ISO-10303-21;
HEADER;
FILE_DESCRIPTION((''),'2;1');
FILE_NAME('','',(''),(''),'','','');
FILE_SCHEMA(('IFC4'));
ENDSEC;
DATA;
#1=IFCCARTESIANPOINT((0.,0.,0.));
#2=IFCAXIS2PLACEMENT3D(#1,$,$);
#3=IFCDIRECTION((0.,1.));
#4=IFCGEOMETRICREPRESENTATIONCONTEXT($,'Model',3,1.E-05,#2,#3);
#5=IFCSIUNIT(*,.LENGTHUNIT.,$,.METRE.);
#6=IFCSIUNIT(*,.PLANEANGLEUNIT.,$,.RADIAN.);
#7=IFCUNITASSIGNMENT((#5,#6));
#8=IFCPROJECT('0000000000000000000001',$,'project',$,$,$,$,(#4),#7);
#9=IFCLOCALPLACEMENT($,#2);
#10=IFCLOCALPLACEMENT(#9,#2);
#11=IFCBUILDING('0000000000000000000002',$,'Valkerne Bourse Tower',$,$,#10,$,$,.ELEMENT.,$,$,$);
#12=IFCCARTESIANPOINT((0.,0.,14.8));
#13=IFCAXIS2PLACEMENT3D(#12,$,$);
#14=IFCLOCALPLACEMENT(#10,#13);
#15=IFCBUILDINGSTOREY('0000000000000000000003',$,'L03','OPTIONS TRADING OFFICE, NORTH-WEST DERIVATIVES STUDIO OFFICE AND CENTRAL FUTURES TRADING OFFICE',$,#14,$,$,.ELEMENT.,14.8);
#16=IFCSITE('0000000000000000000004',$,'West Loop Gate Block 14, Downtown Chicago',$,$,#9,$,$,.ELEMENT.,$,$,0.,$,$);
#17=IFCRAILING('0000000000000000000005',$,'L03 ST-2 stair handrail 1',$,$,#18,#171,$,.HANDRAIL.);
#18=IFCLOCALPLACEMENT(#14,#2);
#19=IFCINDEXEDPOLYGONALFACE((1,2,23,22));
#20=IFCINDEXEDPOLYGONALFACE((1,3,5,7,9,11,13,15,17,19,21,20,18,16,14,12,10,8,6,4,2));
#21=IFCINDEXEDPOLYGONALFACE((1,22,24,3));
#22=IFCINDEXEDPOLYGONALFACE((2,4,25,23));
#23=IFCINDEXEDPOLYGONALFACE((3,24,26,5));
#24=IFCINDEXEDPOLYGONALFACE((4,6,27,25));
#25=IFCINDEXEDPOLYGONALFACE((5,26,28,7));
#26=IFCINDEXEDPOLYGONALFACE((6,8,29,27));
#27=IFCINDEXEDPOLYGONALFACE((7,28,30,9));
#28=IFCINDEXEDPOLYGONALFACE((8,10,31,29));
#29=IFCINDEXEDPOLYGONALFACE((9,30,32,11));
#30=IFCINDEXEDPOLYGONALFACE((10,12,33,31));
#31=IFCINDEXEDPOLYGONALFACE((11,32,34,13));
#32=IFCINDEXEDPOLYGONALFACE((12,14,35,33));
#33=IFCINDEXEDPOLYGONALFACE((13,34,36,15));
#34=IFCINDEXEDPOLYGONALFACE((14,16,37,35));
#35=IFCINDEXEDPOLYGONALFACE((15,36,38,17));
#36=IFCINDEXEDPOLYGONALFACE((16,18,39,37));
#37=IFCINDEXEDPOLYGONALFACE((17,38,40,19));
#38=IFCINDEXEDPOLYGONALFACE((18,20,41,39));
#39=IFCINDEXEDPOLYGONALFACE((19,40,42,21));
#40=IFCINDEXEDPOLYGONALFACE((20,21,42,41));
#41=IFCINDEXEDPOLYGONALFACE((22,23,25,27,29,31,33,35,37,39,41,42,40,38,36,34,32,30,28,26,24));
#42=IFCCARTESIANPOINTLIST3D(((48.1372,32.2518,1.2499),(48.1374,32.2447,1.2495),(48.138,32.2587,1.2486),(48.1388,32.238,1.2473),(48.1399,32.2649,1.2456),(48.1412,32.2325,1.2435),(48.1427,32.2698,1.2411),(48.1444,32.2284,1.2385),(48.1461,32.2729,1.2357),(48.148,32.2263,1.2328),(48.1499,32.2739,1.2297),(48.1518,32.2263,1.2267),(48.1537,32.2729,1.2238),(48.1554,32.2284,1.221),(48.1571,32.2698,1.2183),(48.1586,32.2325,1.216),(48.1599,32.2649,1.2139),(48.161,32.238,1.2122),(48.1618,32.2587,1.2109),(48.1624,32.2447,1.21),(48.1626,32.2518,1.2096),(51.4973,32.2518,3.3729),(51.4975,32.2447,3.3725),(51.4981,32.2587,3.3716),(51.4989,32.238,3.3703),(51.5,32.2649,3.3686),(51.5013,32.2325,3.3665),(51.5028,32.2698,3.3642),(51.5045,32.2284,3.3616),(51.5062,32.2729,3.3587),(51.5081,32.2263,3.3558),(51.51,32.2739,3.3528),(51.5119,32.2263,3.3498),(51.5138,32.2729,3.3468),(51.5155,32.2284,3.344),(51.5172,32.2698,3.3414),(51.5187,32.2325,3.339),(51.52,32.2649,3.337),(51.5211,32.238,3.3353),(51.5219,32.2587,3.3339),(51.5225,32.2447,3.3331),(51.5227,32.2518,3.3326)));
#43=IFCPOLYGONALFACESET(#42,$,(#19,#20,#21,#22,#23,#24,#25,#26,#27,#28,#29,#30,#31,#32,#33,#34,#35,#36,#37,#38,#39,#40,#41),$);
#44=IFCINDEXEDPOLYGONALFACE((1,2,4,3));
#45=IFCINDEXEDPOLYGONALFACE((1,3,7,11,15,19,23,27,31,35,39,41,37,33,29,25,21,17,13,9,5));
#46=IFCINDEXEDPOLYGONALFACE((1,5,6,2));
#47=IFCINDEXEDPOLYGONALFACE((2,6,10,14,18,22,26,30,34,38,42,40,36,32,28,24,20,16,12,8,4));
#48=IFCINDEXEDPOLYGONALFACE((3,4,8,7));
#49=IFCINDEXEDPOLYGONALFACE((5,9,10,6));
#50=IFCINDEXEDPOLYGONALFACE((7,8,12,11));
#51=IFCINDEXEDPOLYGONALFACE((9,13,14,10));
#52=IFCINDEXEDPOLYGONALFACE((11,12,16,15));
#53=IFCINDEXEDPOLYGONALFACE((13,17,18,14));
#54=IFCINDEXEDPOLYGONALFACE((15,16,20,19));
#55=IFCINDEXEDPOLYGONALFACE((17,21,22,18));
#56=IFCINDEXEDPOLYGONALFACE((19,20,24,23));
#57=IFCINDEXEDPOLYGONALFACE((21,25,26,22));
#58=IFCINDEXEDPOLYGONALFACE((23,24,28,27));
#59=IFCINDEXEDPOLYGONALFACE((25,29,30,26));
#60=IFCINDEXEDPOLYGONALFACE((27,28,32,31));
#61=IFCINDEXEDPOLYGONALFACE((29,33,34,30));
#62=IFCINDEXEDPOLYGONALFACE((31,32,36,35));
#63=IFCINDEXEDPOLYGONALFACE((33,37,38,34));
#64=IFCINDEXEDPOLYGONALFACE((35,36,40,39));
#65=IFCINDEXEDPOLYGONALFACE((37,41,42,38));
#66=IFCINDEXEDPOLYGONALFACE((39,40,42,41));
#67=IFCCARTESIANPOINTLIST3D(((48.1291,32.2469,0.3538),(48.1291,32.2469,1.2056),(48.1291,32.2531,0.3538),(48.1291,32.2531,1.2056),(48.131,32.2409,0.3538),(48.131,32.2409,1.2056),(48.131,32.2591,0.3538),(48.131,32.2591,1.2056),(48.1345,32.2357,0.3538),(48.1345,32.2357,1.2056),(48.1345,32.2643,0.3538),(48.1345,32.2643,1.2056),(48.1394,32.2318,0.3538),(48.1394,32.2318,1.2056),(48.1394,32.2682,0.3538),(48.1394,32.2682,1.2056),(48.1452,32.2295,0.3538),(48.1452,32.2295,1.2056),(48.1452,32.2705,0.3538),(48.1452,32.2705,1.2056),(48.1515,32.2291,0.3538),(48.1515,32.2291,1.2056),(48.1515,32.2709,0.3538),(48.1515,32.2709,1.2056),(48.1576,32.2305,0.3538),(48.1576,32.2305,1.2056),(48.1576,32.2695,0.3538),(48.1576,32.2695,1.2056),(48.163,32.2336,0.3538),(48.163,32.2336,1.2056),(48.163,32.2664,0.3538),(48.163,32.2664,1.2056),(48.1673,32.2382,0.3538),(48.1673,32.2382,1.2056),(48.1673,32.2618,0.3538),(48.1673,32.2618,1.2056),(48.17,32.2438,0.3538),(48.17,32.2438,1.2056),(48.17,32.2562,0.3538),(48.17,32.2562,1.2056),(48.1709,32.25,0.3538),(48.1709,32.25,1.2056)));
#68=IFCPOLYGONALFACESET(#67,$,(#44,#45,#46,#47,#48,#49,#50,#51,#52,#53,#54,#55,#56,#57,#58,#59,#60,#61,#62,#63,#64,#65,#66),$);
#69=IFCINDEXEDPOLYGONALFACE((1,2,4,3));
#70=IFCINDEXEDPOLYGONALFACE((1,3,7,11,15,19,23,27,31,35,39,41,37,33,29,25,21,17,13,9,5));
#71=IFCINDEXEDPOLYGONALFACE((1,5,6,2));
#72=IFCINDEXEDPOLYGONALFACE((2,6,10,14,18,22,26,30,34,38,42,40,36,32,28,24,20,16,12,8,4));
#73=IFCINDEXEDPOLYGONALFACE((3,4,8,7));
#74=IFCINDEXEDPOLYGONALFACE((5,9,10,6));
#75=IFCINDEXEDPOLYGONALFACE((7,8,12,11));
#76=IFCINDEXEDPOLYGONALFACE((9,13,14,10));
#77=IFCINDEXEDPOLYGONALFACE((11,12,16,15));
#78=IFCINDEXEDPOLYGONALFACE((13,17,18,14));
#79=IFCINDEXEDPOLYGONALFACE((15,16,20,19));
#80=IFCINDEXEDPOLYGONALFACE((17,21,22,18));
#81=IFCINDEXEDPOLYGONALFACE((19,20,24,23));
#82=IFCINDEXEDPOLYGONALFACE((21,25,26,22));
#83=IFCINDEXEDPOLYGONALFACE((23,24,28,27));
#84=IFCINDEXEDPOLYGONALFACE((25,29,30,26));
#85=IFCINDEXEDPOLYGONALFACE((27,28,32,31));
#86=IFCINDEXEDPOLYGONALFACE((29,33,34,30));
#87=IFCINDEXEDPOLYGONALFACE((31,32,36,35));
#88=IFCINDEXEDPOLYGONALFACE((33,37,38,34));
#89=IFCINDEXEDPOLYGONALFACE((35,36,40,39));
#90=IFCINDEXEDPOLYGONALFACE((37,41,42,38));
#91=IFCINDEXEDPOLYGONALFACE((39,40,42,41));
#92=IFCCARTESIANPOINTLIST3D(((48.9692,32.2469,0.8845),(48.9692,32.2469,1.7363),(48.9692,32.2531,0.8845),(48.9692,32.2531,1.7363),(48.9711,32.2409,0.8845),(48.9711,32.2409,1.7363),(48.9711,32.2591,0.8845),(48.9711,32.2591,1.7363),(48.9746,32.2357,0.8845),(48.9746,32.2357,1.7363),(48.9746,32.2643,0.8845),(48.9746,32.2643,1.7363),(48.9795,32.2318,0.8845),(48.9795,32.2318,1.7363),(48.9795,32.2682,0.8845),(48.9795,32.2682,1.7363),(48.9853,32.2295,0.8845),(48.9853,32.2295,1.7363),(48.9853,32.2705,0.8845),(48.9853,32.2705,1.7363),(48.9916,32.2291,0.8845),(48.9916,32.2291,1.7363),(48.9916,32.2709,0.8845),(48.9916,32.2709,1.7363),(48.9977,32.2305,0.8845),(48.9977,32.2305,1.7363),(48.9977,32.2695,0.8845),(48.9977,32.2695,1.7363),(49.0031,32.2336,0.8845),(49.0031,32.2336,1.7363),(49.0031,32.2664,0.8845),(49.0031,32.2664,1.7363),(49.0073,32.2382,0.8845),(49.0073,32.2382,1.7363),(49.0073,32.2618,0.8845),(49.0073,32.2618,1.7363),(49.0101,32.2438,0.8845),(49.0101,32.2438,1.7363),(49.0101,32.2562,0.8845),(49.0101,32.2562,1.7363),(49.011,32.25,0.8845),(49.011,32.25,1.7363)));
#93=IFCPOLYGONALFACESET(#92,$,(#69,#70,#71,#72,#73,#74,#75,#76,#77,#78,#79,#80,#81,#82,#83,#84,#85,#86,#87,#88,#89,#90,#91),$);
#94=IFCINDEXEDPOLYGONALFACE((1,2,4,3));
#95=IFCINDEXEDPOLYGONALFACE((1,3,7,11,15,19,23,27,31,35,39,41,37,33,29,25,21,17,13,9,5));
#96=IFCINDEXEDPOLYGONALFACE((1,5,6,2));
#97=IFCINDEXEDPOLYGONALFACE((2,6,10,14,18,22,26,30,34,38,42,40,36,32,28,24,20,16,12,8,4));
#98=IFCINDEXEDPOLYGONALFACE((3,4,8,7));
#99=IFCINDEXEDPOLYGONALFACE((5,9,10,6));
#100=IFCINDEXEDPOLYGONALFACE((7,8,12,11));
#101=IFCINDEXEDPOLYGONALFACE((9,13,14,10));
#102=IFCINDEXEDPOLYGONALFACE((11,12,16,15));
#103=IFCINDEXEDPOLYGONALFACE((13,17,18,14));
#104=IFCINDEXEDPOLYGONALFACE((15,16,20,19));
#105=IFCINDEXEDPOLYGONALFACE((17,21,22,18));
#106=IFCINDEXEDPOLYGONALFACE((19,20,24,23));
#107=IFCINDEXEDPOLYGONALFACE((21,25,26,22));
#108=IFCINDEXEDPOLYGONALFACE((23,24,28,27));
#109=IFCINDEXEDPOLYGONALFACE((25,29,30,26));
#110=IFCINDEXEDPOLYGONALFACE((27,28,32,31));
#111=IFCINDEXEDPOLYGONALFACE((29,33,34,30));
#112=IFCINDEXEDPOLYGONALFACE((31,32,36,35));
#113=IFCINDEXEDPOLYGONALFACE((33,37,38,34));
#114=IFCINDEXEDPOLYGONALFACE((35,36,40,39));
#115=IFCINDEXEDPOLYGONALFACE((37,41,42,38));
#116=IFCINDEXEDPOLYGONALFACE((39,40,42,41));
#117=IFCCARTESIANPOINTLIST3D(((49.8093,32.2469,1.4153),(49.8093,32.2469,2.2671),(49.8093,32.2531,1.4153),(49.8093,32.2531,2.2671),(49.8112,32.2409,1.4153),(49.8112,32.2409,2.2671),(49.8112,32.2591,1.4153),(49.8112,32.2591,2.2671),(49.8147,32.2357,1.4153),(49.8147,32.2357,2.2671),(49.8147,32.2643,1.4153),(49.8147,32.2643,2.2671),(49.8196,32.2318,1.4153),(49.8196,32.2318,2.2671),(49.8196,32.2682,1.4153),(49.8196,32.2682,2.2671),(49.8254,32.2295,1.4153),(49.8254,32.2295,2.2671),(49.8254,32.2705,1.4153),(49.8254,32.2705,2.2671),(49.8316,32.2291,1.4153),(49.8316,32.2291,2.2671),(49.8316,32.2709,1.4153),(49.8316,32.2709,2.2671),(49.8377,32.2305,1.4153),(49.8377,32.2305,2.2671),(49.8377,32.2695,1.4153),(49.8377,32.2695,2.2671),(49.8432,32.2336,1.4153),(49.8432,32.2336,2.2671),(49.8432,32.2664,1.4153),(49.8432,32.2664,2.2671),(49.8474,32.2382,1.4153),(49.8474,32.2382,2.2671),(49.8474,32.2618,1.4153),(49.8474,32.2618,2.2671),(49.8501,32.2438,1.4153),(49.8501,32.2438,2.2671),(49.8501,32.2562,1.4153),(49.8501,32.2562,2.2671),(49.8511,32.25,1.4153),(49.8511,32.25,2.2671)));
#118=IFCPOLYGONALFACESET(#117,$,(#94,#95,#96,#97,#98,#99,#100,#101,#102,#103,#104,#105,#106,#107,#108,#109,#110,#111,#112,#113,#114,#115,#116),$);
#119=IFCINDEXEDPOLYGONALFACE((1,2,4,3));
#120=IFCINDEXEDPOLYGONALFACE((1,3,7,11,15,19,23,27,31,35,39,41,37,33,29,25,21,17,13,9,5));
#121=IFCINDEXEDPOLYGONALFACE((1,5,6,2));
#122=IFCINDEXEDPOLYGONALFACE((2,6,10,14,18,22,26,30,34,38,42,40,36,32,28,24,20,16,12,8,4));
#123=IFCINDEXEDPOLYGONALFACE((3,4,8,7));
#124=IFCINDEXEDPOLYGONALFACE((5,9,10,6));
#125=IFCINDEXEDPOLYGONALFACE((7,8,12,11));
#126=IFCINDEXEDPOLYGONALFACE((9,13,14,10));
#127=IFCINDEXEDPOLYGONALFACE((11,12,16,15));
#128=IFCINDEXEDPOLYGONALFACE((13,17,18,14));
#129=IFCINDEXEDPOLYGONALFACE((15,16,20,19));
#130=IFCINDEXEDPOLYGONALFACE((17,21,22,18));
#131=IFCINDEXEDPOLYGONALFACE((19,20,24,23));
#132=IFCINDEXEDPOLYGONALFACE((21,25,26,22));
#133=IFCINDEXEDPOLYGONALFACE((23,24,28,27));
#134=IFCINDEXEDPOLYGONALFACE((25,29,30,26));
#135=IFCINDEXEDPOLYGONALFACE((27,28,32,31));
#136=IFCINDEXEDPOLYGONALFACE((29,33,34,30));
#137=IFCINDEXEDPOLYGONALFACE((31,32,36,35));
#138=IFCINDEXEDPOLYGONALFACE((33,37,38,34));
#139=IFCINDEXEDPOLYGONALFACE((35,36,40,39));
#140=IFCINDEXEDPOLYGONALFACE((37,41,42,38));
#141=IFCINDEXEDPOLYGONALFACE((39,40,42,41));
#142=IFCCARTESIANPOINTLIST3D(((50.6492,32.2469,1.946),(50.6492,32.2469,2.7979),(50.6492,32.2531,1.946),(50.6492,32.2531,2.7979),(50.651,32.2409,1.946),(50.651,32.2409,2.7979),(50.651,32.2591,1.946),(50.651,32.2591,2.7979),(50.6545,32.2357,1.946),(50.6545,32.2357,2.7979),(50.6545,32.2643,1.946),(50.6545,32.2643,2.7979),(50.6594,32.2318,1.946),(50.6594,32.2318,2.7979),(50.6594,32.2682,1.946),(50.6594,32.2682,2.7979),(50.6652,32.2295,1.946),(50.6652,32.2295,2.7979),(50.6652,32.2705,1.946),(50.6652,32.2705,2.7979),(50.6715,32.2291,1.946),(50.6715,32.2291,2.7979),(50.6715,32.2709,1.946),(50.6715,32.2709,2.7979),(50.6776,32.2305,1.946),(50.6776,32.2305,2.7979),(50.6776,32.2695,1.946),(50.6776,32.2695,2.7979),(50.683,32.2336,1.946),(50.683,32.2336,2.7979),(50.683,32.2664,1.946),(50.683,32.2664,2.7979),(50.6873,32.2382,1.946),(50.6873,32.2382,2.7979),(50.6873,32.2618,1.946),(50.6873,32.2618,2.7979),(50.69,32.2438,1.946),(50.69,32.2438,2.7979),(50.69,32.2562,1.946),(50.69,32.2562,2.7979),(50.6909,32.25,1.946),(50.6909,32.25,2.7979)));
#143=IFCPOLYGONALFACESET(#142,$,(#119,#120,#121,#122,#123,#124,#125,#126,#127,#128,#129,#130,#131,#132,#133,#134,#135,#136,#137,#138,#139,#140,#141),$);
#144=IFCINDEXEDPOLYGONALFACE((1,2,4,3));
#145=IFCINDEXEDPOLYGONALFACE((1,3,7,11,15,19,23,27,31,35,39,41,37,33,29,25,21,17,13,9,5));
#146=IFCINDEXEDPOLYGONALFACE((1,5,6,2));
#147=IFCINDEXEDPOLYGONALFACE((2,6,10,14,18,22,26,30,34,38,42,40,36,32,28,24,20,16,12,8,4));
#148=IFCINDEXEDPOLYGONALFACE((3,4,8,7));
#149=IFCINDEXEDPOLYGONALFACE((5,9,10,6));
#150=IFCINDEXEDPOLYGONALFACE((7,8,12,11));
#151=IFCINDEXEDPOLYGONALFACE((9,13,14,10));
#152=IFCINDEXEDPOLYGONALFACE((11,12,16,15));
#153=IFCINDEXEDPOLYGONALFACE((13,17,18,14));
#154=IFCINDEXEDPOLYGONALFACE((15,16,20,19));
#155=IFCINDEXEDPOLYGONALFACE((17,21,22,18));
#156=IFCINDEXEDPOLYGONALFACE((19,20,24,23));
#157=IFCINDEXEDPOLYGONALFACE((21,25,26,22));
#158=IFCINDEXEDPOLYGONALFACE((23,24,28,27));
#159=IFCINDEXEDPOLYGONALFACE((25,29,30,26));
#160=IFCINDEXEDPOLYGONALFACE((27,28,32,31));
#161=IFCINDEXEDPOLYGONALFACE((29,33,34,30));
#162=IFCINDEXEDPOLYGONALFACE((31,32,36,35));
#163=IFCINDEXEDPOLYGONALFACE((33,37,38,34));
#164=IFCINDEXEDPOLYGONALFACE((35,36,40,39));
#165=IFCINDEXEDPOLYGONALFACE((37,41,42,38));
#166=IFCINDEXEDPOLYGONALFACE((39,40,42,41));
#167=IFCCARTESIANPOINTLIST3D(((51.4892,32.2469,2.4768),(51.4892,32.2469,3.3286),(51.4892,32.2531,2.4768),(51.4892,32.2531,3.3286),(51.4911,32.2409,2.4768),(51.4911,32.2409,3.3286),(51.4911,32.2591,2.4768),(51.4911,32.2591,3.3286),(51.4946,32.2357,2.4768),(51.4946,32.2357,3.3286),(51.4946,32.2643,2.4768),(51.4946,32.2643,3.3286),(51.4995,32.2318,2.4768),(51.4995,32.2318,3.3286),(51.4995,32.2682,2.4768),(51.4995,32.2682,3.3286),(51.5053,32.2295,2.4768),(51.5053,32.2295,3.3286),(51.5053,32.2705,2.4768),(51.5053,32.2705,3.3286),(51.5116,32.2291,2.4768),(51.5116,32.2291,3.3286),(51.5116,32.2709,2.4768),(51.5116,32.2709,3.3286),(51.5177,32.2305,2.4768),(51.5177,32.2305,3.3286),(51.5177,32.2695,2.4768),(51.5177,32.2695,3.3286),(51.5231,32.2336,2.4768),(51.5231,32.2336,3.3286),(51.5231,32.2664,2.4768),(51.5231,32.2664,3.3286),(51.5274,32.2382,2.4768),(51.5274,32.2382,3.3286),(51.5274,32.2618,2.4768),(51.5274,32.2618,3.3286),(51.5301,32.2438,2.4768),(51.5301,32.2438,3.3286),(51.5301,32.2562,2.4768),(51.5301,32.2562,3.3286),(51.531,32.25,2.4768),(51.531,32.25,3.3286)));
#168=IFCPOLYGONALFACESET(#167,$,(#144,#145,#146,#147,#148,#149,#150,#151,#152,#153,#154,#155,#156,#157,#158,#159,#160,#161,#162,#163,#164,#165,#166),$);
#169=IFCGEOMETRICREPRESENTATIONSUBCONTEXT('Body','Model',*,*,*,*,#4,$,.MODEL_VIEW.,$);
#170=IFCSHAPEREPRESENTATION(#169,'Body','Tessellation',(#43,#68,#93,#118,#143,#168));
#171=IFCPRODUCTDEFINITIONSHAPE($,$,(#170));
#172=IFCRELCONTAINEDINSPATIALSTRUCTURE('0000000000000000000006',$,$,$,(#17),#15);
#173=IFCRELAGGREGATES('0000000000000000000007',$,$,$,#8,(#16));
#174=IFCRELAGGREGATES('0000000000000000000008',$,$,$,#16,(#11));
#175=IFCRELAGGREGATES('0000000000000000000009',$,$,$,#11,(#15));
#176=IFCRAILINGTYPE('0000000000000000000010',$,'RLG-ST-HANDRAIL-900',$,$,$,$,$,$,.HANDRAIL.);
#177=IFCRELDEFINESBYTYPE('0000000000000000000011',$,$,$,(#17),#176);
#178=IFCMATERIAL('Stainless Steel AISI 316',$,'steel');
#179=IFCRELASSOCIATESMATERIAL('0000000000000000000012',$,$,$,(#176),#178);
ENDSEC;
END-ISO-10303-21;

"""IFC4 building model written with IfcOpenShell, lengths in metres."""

from ifc_helpers import new_model, si_unit, direction, frame, origin, origin_2d, place, context, subcontext, project, spatial, circle, extrude, material, type_object, element, save


model = new_model("IFC4")

# Units and contexts
model_context = context("Model", 3, precision=1e-05, world=origin(), true_north=direction((0.0, 1.0)))
body_context = subcontext(model_context, "Body", "Model", "MODEL_VIEW")
ifc_project = project(units=[si_unit("LENGTHUNIT", "METRE"), si_unit("PLANEANGLEUNIT", "RADIAN")], contexts=[model_context])

# Site, building, storey
site_placement = place(None, origin())
site = spatial("IfcSite", under=ifc_project, at=site_placement, Name="West Loop Gate Block 14, Downtown Chicago", CompositionType="ELEMENT", RefElevation=0.0)
building_placement = place(site_placement, origin())
building = spatial("IfcBuilding", under=site, at=building_placement, Name="Valkerne Bourse Tower", CompositionType="ELEMENT")
storey_placement = place(building_placement, frame((0.0, 0.0, 14.8)))
storey = spatial("IfcBuildingStorey", under=building, at=storey_placement, Name="L03", Description="OPTIONS TRADING OFFICE, NORTH-WEST DERIVATIVES STUDIO OFFICE AND CENTRAL FUTURES TRADING OFFICE", CompositionType="ELEMENT", Elevation=14.8)

# Railing
ifc_material_1 = material(Name="Stainless Steel AISI 316", Category="steel")
railing_type_1 = type_object("IfcRailingType", Name="RLG-ST-HANDRAIL-900", PredefinedType="HANDRAIL", material=ifc_material_1)
railing_1_placement = place(storey_placement, frame((48.1499, 32.25, 0.3538)))
element("IfcRailing", 1, at=railing_1_placement, inside=storey, type_object=railing_type_1, Name="L03 ST-2 stair handrail 1", PredefinedType="HANDRAIL", context=body_context, shape_type="SweptSolid", body=[
    extrude(circle(Radius=0.0239, at=origin_2d()), frame((0.0, 0.0, 0.876), z_axis=(0.84539, 0.0, 0.53415), x_axis=(0.0, 1.0, 0.0)), (0.0, 0.0, 1.0), 3.9746),
    extrude(circle(Radius=0.021, at=origin_2d()), origin(), (0.0, 0.0, 1.0), 0.8518),
    extrude(circle(Radius=0.021, at=origin_2d()), frame((0.8401, 0.0, 0.5308)), (0.0, 0.0, 1.0), 0.8518),
    extrude(circle(Radius=0.021, at=origin_2d()), frame((1.6802, 0.0, 1.0615)), (0.0, 0.0, 1.0), 0.8518),
    extrude(circle(Radius=0.021, at=origin_2d()), frame((2.52, 0.0, 1.5923)), (0.0, 0.0, 1.0), 0.8518),
    extrude(circle(Radius=0.021, at=origin_2d()), frame((3.3601, 0.0, 2.123)), (0.0, 0.0, 1.0), 0.8518),
])

save(model, "model.ifc")
